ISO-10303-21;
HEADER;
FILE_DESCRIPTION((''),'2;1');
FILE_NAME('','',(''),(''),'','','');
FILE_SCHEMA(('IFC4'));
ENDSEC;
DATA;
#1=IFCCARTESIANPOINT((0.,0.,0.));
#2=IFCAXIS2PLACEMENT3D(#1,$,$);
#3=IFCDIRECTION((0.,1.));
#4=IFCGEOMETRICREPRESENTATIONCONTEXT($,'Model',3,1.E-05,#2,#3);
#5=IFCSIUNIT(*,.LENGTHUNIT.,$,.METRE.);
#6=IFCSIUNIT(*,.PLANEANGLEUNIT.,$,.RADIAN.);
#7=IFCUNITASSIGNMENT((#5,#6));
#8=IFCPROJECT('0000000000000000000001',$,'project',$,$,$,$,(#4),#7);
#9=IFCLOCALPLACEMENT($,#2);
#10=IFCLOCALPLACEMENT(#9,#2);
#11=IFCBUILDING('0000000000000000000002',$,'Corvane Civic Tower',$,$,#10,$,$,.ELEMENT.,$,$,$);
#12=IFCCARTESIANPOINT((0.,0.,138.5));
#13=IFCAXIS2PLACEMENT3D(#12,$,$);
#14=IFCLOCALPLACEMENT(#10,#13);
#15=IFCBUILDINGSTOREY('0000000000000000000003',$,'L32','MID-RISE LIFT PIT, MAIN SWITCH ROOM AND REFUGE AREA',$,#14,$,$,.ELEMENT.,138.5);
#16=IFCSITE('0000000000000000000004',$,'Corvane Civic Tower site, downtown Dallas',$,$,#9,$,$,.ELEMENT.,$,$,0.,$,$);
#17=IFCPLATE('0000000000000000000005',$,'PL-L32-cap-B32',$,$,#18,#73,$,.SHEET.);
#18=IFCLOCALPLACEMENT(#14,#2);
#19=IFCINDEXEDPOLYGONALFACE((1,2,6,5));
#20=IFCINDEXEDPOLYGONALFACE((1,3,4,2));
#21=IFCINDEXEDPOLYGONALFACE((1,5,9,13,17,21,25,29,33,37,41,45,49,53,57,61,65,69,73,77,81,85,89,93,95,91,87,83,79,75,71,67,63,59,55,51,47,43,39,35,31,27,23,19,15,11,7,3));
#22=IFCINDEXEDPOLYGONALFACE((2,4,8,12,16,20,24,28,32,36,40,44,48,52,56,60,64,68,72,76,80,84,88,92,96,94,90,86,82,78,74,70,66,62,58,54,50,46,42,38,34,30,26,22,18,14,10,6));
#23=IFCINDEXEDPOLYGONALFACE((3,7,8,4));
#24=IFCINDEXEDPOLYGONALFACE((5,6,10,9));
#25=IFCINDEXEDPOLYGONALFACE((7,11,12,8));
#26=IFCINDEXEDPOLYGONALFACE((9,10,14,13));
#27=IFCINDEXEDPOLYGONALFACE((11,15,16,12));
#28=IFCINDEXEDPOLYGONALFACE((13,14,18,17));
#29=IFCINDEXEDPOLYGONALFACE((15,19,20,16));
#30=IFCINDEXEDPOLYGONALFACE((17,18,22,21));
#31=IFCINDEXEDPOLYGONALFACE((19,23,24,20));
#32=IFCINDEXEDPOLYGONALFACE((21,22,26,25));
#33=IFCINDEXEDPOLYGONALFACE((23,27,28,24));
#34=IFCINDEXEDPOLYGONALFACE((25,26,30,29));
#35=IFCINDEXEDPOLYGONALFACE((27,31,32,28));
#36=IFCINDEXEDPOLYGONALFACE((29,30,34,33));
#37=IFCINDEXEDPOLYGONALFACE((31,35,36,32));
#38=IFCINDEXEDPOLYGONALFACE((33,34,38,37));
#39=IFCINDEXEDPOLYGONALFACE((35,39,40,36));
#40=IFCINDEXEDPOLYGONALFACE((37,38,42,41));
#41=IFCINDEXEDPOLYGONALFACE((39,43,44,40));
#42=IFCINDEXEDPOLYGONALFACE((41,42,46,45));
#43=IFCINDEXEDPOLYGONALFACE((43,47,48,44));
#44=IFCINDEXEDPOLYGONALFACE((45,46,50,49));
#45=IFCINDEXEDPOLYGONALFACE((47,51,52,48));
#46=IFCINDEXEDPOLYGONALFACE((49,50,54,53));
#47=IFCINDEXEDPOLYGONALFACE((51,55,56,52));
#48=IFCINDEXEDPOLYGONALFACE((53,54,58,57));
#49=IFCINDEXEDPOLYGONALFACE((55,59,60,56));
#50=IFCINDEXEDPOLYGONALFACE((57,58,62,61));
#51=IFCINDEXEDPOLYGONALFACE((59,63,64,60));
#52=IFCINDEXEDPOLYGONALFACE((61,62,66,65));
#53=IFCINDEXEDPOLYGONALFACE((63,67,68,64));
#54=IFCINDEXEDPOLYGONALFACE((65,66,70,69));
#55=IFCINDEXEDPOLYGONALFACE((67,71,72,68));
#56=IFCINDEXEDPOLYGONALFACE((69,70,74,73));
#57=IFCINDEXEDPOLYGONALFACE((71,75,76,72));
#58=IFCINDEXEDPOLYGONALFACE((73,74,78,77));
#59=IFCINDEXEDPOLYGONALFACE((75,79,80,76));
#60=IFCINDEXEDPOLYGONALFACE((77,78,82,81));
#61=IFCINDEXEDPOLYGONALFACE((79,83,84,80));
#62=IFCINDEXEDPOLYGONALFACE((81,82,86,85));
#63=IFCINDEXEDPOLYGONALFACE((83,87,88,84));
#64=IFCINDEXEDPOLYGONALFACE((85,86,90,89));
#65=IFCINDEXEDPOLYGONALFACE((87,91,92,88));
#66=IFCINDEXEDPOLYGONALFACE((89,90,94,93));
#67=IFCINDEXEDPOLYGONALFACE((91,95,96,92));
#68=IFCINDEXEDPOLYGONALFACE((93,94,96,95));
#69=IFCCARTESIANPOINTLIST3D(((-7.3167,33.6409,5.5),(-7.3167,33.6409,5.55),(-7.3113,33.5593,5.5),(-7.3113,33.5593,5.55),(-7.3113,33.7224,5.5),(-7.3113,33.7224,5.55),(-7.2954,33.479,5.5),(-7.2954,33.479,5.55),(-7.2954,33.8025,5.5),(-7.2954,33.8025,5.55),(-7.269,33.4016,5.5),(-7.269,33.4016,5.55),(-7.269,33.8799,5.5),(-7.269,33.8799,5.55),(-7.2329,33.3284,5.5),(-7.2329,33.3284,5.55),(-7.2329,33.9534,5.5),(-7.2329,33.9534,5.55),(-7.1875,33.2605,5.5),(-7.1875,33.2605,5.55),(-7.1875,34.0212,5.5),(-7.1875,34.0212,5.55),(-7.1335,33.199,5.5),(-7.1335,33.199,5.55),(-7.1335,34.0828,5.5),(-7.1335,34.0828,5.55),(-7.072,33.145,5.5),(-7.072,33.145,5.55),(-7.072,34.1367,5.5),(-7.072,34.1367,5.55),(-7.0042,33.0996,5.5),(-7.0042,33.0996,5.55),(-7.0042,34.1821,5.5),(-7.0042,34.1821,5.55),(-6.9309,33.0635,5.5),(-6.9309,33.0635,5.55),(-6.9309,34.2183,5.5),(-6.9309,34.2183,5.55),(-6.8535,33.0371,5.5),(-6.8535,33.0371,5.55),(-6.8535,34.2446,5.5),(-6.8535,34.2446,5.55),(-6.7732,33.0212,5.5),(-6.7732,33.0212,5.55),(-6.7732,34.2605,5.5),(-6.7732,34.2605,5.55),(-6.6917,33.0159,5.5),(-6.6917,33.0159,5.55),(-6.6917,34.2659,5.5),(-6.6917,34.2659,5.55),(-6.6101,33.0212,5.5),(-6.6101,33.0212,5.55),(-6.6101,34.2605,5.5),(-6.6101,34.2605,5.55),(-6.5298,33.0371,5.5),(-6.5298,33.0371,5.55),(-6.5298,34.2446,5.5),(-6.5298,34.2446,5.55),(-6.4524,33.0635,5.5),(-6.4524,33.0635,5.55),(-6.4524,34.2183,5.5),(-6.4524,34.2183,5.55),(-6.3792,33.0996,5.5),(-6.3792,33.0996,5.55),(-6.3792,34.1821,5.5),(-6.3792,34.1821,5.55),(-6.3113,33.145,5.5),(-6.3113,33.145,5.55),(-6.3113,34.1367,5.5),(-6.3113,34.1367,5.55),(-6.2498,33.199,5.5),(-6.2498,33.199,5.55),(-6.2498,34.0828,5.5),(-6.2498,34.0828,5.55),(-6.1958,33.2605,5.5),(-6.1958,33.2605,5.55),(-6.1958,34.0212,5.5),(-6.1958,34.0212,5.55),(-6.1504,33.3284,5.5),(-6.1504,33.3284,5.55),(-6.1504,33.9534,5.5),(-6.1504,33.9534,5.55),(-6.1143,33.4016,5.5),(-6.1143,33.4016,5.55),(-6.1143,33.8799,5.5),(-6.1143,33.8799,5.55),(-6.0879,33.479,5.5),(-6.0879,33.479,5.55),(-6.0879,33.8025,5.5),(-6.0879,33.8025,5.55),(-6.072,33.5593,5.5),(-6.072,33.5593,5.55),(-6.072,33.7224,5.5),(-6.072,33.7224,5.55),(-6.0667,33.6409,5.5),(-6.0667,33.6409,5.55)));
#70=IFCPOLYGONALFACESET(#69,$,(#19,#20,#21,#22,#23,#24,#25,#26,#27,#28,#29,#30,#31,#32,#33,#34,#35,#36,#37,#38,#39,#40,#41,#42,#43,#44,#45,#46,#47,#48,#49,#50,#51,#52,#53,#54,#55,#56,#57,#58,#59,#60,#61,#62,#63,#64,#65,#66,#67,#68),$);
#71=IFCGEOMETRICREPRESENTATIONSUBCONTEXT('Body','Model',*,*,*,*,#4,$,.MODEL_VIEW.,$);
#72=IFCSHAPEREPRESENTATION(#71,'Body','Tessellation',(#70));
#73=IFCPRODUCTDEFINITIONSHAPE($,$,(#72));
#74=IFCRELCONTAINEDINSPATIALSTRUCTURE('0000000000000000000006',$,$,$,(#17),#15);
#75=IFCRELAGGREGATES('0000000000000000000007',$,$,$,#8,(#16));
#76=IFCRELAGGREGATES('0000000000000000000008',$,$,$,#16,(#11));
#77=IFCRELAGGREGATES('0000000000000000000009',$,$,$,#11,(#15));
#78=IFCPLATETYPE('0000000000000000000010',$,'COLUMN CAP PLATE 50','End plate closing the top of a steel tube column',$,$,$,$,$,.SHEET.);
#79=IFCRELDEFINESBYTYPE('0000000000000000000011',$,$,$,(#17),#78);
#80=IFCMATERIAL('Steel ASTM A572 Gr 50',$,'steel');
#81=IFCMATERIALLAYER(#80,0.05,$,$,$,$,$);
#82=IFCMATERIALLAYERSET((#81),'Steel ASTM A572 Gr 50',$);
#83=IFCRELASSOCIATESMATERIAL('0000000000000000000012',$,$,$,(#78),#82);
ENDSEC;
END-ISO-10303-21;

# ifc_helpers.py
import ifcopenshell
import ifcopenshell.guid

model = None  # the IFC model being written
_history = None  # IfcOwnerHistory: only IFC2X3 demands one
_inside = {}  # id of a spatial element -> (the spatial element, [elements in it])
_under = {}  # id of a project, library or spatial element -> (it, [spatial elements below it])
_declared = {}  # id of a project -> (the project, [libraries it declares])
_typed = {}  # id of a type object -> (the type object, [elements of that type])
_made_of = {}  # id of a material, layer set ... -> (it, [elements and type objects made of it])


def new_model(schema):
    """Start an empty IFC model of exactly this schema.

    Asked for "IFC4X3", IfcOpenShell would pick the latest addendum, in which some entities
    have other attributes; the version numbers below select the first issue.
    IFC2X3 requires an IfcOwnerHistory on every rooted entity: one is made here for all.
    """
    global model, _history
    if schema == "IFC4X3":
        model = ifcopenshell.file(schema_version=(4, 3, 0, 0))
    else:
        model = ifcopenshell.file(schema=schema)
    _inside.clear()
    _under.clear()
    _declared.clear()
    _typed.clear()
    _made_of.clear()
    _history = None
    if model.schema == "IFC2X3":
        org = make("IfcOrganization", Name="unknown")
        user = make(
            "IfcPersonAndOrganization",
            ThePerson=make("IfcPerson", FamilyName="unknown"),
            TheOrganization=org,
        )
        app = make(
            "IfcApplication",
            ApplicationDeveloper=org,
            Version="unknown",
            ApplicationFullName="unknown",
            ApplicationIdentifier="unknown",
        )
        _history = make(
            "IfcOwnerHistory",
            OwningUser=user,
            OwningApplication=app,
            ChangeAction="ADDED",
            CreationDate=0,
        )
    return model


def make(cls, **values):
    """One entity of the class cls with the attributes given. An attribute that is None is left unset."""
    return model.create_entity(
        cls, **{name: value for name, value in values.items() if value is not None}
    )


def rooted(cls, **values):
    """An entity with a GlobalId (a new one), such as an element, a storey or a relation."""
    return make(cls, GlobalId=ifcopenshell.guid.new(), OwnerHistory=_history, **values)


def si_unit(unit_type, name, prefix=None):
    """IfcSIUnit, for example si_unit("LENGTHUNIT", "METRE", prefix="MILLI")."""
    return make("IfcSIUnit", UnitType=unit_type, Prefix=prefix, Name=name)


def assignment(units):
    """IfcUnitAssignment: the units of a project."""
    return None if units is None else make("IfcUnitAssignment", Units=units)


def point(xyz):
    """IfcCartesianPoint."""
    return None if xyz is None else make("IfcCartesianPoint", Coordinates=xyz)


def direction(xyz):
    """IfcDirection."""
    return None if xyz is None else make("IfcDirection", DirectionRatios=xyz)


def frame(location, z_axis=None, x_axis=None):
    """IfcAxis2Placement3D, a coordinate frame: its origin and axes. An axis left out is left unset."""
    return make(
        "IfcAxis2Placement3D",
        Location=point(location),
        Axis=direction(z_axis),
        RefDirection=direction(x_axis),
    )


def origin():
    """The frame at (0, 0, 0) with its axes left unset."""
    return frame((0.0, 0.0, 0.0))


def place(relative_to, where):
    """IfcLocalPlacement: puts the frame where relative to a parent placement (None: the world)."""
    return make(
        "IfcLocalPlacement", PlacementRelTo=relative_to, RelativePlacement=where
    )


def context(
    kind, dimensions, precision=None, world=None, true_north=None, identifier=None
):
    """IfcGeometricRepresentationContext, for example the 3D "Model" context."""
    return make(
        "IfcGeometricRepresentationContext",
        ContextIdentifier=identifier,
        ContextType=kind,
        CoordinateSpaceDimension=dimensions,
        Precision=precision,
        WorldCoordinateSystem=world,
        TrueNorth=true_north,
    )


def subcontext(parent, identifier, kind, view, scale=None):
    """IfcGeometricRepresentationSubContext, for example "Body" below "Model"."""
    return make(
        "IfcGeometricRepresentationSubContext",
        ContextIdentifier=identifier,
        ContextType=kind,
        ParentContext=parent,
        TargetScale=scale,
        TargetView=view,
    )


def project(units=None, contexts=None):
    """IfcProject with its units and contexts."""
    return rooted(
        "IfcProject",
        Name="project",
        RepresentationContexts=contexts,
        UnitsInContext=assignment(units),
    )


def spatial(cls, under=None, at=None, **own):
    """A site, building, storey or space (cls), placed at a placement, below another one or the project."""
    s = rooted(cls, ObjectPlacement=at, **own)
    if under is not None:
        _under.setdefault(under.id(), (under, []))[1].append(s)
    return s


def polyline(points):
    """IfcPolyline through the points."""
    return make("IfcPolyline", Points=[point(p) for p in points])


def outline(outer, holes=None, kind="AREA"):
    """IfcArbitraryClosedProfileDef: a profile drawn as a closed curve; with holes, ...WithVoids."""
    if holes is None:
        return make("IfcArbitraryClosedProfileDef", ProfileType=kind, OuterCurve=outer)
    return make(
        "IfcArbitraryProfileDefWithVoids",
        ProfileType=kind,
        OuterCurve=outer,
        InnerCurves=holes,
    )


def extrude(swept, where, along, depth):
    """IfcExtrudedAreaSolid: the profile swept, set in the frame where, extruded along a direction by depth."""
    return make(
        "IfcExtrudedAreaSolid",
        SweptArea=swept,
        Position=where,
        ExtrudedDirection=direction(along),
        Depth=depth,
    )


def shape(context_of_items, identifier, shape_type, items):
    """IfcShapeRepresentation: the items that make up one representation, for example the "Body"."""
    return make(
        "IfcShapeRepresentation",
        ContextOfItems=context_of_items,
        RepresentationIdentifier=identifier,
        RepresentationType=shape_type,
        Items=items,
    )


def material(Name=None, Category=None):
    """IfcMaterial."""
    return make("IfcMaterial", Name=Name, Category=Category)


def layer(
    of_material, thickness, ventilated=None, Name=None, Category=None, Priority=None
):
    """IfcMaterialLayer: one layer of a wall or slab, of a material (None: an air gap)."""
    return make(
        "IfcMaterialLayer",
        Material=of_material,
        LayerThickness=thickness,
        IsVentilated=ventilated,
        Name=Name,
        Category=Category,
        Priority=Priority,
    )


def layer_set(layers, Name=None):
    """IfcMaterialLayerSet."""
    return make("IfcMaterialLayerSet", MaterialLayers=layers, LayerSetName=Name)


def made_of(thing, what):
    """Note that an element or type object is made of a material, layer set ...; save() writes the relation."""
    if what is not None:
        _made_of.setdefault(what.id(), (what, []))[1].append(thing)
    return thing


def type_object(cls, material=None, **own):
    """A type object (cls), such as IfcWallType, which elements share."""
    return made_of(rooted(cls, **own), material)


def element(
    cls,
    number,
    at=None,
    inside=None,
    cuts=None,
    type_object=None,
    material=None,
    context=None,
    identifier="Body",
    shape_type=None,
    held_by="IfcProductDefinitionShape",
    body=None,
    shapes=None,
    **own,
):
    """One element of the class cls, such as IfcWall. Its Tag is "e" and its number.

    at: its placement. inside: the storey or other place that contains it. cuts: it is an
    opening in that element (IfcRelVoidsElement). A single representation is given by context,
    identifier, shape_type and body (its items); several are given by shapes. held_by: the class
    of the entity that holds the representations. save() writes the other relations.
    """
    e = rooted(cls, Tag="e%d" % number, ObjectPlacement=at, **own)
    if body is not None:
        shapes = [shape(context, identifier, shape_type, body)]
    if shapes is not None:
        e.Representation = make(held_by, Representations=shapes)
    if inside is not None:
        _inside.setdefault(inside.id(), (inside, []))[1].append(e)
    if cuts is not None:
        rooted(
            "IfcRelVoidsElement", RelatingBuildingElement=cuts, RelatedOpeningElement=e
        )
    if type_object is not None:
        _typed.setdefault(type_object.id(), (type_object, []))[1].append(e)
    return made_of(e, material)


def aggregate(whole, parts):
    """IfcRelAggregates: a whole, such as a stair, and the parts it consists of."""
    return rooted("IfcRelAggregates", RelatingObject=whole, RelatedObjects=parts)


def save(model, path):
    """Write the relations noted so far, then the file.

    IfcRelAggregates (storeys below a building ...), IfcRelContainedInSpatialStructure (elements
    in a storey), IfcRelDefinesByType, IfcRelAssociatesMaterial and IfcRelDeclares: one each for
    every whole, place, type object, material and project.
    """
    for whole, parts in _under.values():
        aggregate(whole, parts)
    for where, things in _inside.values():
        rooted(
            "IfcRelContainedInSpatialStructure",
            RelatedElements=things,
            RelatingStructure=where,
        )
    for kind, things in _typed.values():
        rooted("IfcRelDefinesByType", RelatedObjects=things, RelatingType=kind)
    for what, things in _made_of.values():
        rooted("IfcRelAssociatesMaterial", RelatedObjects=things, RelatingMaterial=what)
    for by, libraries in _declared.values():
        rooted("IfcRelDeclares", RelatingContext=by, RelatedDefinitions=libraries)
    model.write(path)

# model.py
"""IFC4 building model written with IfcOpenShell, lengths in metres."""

from ifc_helpers import new_model, si_unit, direction, frame, origin, place, context, subcontext, project, spatial, polyline, outline, extrude, material, layer, layer_set, type_object, element, save


model = new_model("IFC4")

# Units and contexts
model_context = context("Model", 3, precision=1e-05, world=origin(), true_north=direction((0.0, 1.0)))
body_context = subcontext(model_context, "Body", "Model", "MODEL_VIEW")
ifc_project = project(units=[si_unit("LENGTHUNIT", "METRE"), si_unit("PLANEANGLEUNIT", "RADIAN")], contexts=[model_context])

# Site, building, storey
site_placement = place(None, origin())
site = spatial("IfcSite", under=ifc_project, at=site_placement, Name="Corvane Civic Tower site, downtown Dallas", CompositionType="ELEMENT", RefElevation=0.0)
building_placement = place(site_placement, origin())
building = spatial("IfcBuilding", under=site, at=building_placement, Name="Corvane Civic Tower", CompositionType="ELEMENT")
storey_placement = place(building_placement, frame((0.0, 0.0, 138.5)))
storey = spatial("IfcBuildingStorey", under=building, at=storey_placement, Name="L32", Description="MID-RISE LIFT PIT, MAIN SWITCH ROOM AND REFUGE AREA", CompositionType="ELEMENT", Elevation=138.5)

# Plate
ifc_material_1 = material(Name="Steel ASTM A572 Gr 50", Category="steel")
ifc_layer_1 = layer(ifc_material_1, 0.05)
ifc_layer_set_1 = layer_set([ifc_layer_1], Name="Steel ASTM A572 Gr 50")
plate_type = type_object("IfcPlateType", Name="COLUMN CAP PLATE 50", Description="End plate closing the top of a steel tube column", PredefinedType="SHEET", material=ifc_layer_set_1)
plate_1_placement = place(storey_placement, frame((0.0, 0.0, 5.5)))
element("IfcPlate", 1, at=plate_1_placement, inside=storey, type_object=plate_type, Name="PL-L32-cap-B32", PredefinedType="SHEET", context=body_context, shape_type="SweptSolid", body=[
    extrude(outline(polyline([(-6.0667, 33.6409), (-6.072, 33.7224), (-6.0879, 33.8025), (-6.1143, 33.8799), (-6.1504, 33.9534), (-6.1958, 34.0212), (-6.2498, 34.0828), (-6.3113, 34.1367), (-6.3792, 34.1821), (-6.4524, 34.2183), (-6.5298, 34.2446), (-6.6101, 34.2605), (-6.6917, 34.2659), (-6.7732, 34.2605), (-6.8535, 34.2446), (-6.9309, 34.2183), (-7.0042, 34.1821), (-7.072, 34.1367), (-7.1335, 34.0828), (-7.1875, 34.0212), (-7.2329, 33.9534), (-7.269, 33.8799), (-7.2954, 33.8025), (-7.3113, 33.7224), (-7.3167, 33.6409), (-7.3113, 33.5593), (-7.2954, 33.479), (-7.269, 33.4016), (-7.2329, 33.3284), (-7.1875, 33.2605), (-7.1335, 33.199), (-7.072, 33.145), (-7.0042, 33.0996), (-6.9309, 33.0635), (-6.8535, 33.0371), (-6.7732, 33.0212), (-6.6917, 33.0159), (-6.6101, 33.0212), (-6.5298, 33.0371), (-6.4524, 33.0635), (-6.3792, 33.0996), (-6.3113, 33.145), (-6.2498, 33.199), (-6.1958, 33.2605), (-6.1504, 33.3284), (-6.1143, 33.4016), (-6.0879, 33.479), (-6.072, 33.5593), (-6.0667, 33.6409)])), origin(), (0.0, 0.0, 1.0), 0.05),
])

save(model, "model.ifc")
